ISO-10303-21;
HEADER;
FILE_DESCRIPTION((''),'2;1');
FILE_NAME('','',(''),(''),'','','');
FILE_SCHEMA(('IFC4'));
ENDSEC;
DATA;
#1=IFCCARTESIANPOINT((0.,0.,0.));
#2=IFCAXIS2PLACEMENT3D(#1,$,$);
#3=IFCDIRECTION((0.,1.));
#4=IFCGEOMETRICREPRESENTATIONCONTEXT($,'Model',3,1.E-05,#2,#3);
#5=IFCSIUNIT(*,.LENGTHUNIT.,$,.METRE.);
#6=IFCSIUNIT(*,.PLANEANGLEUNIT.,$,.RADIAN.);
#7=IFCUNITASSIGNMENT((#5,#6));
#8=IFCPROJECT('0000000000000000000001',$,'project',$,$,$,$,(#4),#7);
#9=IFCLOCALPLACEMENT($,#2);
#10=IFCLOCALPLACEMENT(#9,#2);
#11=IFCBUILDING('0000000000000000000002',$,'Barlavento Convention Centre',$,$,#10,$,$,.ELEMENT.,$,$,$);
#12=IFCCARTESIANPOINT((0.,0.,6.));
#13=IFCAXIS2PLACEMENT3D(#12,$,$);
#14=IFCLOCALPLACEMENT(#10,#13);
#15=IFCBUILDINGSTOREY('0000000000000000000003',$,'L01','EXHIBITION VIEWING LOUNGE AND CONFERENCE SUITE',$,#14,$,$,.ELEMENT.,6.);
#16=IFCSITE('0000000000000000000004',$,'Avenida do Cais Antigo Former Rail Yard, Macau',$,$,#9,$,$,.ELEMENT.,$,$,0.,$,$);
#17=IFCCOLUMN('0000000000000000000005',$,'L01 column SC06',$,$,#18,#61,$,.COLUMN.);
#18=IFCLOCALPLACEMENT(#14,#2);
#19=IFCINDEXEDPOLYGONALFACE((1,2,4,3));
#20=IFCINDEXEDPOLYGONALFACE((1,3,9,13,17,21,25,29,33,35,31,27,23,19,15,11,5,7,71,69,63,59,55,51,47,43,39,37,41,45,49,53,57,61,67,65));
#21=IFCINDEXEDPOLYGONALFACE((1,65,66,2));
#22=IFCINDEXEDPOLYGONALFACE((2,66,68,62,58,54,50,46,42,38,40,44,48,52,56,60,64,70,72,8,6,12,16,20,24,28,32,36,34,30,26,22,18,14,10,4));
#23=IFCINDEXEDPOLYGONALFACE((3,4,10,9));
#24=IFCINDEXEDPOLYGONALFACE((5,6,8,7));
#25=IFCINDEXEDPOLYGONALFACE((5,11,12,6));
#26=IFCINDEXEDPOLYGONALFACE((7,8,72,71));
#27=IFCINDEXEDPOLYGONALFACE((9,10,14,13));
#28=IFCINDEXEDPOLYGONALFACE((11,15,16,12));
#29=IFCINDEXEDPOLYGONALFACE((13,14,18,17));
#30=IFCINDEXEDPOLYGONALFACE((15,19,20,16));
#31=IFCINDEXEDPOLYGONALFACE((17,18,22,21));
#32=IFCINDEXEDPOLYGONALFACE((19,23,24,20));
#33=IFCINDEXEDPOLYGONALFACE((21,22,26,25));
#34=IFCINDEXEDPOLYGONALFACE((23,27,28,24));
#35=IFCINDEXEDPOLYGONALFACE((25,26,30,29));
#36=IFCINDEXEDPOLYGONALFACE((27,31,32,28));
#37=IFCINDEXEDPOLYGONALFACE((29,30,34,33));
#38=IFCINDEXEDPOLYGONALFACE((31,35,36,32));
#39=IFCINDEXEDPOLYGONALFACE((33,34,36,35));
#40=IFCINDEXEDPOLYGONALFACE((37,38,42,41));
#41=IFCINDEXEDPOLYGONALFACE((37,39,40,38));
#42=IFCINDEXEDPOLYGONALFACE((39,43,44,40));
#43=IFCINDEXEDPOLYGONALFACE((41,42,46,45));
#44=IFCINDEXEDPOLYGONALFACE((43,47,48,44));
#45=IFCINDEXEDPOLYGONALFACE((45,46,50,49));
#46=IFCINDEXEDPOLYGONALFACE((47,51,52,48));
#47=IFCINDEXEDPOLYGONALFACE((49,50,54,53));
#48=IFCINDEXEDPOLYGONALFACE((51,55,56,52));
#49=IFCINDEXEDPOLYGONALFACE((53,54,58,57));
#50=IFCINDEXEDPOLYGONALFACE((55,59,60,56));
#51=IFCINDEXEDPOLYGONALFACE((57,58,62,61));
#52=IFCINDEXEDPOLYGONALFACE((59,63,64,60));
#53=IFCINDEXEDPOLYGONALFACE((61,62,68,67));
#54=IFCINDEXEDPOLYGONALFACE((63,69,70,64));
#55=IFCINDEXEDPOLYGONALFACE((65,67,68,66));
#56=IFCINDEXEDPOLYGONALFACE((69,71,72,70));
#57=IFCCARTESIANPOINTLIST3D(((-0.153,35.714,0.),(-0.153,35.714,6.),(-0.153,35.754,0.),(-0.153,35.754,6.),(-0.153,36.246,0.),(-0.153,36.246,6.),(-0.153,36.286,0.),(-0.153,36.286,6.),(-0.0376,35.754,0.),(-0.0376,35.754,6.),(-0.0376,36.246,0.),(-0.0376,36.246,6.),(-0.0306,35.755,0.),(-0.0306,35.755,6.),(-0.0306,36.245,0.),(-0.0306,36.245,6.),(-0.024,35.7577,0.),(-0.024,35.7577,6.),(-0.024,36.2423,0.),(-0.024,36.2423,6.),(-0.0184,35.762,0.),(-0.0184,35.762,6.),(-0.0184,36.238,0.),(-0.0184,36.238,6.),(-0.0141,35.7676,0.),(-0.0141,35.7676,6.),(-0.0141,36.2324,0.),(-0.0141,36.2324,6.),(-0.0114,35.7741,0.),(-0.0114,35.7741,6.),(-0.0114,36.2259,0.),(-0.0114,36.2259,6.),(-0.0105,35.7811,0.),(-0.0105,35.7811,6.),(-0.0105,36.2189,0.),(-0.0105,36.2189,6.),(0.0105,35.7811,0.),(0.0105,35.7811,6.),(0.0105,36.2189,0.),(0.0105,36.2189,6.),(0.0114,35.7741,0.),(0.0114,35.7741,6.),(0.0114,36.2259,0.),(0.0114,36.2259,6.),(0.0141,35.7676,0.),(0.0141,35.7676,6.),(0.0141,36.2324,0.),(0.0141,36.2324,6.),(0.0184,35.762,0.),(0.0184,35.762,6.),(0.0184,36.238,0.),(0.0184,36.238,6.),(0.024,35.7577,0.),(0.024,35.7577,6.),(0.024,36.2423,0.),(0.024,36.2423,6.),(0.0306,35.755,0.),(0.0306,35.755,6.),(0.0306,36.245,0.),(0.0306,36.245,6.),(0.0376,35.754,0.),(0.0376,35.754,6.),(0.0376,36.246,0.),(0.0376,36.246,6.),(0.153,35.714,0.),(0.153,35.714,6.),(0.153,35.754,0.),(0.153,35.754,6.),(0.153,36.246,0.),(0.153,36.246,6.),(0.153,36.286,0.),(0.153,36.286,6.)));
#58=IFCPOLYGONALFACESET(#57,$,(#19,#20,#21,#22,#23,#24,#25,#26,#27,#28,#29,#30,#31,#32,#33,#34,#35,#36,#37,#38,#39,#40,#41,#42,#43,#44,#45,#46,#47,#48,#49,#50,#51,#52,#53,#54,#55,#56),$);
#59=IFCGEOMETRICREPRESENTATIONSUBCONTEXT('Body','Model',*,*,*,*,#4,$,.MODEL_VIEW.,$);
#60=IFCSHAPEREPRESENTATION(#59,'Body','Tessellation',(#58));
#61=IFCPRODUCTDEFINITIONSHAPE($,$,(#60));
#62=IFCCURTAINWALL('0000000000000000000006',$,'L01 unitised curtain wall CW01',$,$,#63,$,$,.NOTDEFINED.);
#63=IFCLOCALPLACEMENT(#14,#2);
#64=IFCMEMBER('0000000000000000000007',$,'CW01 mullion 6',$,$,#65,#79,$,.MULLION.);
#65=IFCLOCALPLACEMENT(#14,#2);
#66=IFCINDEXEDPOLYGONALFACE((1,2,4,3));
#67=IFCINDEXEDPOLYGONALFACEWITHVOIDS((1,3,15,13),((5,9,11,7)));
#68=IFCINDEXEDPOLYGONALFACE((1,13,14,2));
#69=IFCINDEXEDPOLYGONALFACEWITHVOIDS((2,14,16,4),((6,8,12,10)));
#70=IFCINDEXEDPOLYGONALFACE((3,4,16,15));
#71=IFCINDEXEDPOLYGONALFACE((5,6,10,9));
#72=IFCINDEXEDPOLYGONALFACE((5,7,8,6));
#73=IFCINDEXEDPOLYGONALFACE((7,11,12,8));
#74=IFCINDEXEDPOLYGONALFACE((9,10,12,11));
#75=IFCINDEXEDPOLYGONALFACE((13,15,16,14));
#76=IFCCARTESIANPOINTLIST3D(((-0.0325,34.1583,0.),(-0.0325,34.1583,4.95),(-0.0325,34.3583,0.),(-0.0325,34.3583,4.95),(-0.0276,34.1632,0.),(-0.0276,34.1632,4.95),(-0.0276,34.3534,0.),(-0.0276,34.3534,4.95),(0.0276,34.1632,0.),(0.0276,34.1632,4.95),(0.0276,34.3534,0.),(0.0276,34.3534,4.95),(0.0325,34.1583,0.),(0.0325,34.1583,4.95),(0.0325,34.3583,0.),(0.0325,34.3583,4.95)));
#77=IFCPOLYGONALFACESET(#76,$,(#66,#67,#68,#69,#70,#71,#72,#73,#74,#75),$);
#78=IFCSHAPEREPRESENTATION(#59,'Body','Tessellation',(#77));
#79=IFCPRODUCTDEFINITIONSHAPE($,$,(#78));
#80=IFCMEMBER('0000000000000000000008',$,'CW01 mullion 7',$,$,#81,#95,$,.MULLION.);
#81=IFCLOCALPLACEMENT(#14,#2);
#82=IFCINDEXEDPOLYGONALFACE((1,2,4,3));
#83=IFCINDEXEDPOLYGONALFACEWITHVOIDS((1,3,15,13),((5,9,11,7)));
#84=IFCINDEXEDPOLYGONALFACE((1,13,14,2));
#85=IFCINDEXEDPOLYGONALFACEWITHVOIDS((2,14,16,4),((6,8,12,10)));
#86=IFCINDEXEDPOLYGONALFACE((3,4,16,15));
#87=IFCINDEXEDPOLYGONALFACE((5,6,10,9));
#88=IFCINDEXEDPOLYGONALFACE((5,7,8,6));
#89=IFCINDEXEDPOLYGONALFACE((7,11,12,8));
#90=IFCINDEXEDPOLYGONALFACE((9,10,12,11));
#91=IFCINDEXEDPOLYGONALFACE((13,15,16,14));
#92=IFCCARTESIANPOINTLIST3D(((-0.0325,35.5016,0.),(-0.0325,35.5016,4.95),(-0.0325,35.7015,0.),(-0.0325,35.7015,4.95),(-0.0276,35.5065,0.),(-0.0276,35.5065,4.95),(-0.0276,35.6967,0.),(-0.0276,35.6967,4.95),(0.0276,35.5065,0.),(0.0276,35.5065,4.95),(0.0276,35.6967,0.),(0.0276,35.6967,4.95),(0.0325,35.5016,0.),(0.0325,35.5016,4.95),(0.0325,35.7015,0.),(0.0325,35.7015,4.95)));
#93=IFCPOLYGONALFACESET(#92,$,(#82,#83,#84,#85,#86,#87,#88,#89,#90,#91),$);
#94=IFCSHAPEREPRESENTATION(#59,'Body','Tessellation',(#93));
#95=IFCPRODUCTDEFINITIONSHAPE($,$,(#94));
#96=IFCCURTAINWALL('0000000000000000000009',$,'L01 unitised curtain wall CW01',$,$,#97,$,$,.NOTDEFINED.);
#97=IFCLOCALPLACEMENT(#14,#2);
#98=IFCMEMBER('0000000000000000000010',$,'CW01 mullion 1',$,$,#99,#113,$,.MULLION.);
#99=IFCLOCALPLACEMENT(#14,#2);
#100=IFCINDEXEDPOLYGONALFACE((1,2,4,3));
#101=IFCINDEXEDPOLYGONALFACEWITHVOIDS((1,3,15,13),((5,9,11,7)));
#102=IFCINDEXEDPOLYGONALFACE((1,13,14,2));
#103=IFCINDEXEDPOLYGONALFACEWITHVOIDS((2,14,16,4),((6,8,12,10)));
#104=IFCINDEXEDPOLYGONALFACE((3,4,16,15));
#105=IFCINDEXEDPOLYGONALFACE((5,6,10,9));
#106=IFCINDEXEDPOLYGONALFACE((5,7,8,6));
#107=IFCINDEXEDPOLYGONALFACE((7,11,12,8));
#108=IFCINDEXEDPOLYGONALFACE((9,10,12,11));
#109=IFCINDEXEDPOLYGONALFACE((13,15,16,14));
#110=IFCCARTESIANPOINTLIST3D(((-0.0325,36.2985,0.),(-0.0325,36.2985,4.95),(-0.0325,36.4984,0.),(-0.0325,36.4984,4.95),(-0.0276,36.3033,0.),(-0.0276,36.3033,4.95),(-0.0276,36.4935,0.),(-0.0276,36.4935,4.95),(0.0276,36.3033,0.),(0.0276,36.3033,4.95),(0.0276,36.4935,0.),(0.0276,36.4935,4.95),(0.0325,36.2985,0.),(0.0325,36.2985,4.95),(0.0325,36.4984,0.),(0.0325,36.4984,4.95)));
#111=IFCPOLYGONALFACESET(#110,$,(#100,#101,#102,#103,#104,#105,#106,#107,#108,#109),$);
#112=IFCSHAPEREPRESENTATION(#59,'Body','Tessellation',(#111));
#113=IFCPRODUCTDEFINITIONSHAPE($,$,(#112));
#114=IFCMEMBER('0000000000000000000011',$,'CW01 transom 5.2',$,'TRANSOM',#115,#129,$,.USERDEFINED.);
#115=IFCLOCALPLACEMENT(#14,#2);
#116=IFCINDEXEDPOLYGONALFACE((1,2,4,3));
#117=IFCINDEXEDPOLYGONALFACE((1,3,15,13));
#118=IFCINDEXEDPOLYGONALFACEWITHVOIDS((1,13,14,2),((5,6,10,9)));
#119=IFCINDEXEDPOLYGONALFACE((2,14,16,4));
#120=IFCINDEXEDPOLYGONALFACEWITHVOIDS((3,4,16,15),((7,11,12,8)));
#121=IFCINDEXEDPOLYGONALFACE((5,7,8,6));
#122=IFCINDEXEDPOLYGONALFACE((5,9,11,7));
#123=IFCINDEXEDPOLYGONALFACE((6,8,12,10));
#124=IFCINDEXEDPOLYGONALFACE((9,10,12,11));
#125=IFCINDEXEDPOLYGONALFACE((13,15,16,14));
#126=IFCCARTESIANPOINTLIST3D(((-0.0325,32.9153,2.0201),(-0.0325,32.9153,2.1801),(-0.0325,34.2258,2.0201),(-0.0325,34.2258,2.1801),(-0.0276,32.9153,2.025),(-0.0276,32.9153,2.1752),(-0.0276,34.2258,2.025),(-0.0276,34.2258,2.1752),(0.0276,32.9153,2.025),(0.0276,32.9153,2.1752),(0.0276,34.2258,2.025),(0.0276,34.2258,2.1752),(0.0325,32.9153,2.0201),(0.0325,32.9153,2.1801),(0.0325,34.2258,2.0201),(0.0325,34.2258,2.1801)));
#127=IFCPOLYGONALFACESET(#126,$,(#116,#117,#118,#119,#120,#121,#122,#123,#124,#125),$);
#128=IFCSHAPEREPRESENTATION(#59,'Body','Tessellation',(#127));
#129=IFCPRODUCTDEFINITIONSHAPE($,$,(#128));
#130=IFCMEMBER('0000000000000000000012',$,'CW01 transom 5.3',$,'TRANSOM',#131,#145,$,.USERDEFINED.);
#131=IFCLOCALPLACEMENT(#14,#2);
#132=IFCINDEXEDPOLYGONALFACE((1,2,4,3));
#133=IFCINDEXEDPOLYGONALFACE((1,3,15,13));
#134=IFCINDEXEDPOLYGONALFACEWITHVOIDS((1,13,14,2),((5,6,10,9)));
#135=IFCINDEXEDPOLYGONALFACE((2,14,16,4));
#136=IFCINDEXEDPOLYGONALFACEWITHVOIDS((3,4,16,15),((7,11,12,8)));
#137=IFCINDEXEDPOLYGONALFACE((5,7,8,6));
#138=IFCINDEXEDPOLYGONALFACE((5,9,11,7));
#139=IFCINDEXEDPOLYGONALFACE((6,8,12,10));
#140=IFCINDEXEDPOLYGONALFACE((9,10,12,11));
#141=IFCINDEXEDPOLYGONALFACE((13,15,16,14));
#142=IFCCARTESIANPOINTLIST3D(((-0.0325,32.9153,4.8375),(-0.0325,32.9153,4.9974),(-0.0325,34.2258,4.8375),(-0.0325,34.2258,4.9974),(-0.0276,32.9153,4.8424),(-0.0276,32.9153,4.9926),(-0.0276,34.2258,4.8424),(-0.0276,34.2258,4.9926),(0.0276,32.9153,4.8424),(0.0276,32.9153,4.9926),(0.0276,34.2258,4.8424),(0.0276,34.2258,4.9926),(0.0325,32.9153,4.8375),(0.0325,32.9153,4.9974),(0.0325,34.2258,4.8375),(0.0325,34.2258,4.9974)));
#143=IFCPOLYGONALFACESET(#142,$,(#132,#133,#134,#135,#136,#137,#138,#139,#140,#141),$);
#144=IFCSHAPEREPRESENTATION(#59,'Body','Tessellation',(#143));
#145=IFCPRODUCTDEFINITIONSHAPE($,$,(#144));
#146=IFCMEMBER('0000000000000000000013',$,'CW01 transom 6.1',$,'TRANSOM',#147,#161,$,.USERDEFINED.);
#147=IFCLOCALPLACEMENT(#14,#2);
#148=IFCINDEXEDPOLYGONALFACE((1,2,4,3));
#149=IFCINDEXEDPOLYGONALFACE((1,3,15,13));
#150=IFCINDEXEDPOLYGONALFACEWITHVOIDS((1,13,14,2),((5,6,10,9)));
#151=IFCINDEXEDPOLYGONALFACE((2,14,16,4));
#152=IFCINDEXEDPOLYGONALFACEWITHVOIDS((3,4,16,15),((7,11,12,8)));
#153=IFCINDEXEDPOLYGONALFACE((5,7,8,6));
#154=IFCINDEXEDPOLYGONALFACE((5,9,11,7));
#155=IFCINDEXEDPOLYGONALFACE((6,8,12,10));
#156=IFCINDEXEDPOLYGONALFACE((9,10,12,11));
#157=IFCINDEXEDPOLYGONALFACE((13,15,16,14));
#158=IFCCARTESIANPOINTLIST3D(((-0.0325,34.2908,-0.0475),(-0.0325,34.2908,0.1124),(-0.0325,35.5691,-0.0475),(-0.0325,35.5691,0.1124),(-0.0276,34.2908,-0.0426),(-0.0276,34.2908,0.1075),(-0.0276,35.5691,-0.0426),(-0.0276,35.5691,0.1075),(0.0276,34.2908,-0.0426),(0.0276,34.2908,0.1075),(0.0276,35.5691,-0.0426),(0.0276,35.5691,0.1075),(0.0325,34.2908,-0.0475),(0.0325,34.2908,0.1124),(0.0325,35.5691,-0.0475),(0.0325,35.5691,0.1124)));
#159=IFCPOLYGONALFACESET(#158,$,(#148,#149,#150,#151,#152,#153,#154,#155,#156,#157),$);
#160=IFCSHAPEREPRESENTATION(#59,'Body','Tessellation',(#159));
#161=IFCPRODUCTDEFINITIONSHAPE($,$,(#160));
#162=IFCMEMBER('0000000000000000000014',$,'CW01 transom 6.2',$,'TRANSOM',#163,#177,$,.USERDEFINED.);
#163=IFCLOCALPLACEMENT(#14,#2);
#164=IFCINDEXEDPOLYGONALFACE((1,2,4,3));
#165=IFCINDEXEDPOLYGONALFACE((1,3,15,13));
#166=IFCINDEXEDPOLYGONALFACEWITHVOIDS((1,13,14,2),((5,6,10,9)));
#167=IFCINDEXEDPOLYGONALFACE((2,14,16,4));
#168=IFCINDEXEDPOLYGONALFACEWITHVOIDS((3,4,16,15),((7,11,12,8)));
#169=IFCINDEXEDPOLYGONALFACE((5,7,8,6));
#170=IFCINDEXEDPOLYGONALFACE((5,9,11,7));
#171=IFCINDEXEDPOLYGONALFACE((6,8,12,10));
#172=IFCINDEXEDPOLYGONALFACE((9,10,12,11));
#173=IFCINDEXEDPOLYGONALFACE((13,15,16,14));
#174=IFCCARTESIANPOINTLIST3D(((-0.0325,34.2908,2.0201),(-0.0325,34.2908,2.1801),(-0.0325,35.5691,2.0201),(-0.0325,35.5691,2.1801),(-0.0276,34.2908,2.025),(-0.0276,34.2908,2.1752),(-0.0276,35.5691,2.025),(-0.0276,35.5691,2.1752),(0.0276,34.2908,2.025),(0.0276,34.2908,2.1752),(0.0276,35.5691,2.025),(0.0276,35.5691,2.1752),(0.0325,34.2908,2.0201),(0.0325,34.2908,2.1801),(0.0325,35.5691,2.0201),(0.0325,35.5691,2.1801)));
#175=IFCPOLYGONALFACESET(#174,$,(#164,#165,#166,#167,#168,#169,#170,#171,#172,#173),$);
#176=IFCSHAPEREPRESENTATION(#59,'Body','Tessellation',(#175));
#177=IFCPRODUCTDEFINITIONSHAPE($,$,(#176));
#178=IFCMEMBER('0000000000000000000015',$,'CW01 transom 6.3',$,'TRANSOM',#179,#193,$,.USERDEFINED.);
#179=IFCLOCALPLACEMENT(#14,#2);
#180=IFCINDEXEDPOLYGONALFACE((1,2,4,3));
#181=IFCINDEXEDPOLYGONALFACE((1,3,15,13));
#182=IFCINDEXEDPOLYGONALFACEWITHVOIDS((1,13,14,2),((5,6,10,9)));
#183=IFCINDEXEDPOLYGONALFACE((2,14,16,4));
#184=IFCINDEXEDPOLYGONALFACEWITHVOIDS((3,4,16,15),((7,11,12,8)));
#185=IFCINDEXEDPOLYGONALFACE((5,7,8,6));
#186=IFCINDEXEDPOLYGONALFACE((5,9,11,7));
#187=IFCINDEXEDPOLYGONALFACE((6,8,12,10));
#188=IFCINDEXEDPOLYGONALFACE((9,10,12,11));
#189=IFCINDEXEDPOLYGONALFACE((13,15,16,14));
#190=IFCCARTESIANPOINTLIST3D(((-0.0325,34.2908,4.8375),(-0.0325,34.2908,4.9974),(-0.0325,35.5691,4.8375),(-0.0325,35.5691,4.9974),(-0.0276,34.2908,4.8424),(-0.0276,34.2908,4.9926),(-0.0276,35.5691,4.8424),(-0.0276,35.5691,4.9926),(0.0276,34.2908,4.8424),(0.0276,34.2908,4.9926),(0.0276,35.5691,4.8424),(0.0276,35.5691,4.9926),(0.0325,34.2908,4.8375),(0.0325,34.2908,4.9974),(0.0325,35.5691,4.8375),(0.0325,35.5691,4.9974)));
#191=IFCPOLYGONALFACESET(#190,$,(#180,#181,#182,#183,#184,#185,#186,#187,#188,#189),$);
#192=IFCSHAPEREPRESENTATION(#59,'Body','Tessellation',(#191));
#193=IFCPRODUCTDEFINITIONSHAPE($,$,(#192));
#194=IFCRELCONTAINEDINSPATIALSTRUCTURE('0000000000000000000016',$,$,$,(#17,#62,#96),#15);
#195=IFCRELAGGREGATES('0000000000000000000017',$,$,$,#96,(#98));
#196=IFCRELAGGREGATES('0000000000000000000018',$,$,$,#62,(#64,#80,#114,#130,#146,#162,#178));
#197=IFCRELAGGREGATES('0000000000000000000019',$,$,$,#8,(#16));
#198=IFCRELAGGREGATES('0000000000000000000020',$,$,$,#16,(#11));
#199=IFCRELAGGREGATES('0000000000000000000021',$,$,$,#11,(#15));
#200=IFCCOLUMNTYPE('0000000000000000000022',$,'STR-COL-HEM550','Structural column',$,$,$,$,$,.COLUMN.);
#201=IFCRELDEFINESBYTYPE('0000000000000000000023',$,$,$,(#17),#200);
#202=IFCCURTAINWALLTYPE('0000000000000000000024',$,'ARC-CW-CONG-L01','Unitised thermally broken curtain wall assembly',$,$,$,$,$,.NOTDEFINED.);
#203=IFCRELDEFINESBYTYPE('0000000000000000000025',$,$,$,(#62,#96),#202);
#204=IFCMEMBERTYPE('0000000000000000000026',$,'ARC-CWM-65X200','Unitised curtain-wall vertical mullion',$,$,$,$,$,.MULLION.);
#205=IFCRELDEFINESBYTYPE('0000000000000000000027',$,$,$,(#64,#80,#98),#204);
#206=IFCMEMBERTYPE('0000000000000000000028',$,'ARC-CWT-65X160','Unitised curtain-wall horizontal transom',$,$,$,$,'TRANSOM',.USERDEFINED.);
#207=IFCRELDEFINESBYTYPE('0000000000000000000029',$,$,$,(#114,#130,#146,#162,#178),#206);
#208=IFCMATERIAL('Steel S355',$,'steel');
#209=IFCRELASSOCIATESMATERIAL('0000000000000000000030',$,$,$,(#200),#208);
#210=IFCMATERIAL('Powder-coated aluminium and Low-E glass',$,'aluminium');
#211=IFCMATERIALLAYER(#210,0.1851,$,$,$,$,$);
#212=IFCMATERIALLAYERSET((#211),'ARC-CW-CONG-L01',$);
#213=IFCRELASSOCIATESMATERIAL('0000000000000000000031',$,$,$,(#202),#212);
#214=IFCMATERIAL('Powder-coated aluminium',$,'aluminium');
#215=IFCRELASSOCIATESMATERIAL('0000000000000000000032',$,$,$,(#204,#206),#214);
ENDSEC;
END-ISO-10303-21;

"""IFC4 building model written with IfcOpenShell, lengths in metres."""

from ifc_helpers import new_model, si_unit, direction, frame, origin, origin_2d, place, context, subcontext, project, spatial, hollow_rectangle, i_section, extrude, material, layer, layer_set, material_profile, profile_set, type_object, element, aggregate, save


model = new_model("IFC4")

# Units and contexts
model_context = context("Model", 3, precision=1e-05, world=origin(), true_north=direction((0.0, 1.0)))
body_context = subcontext(model_context, "Body", "Model", "MODEL_VIEW")
ifc_project = project(units=[si_unit("LENGTHUNIT", "METRE"), si_unit("PLANEANGLEUNIT", "RADIAN")], contexts=[model_context])

# Site, building, storey
site_placement = place(None, origin())
site = spatial("IfcSite", under=ifc_project, at=site_placement, Name="Avenida do Cais Antigo Former Rail Yard, Macau", CompositionType="ELEMENT", RefElevation=0.0)
building_placement = place(site_placement, origin())
building = spatial("IfcBuilding", under=site, at=building_placement, Name="Barlavento Convention Centre", CompositionType="ELEMENT")
storey_placement = place(building_placement, frame((0.0, 0.0, 6.0)))
storey = spatial("IfcBuildingStorey", under=building, at=storey_placement, Name="L01", Description="EXHIBITION VIEWING LOUNGE AND CONFERENCE SUITE", CompositionType="ELEMENT", Elevation=6.0)

# Column
ifc_material_1 = material(Name="Steel S355", Category="steel")
ifc_material_profile_1 = material_profile(ifc_material_1, i_section(OverallWidth=0.3059, OverallDepth=0.572, WebThickness=0.021, FlangeThickness=0.04, FilletRadius=0.0271, at=origin_2d()), Name="HEM 550")
ifc_profile_set_1 = profile_set([ifc_material_profile_1], Name="Steel S355")
column_type = type_object("IfcColumnType", Name="STR-COL-HEM550", Description="Structural column", PredefinedType="COLUMN", material=ifc_profile_set_1)
column_placement = place(storey_placement, frame((0.0, 36.0, 0.0), z_axis=(0.0, 0.0, 1.0), x_axis=(1.0, 0.0, 0.0)))
element("IfcColumn", 1, at=column_placement, inside=storey, type_object=column_type, Name="L01 column SC06", PredefinedType="COLUMN", context=body_context, shape_type="SweptSolid", body=[
    extrude(i_section(OverallWidth=0.3059, OverallDepth=0.572, WebThickness=0.021, FlangeThickness=0.04, FilletRadius=0.0271, at=origin_2d()), origin(), (0.0, 0.0, 1.0), 6.0),
])

# Curtain wall, members
ifc_material_2 = material(Name="Powder-coated aluminium and Low-E glass", Category="aluminium")
ifc_layer_1 = layer(ifc_material_2, 0.1851)
ifc_layer_set_1 = layer_set([ifc_layer_1], Name="ARC-CW-CONG-L01")
curtain_wall_type = type_object("IfcCurtainWallType", Name="ARC-CW-CONG-L01", Description="Unitised thermally broken curtain wall assembly", PredefinedType="NOTDEFINED", material=ifc_layer_set_1)
curtain_wall_1_placement = place(storey_placement, origin())
curtain_wall_1 = element("IfcCurtainWall", 2, at=curtain_wall_1_placement, inside=storey, type_object=curtain_wall_type, Name="L01 unitised curtain wall CW01", PredefinedType="NOTDEFINED")
ifc_material_3 = material(Name="Powder-coated aluminium", Category="aluminium")
ifc_material_profile_2 = material_profile(ifc_material_3, hollow_rectangle(XDim=0.0649, YDim=0.2, WallThickness=0.0049, at=origin_2d()), Name="AL-MULL 65x200x5")
ifc_profile_set_2 = profile_set([ifc_material_profile_2], Name="Powder-coated aluminium")
member_type_1 = type_object("IfcMemberType", Name="ARC-CWM-65X200", Description="Unitised curtain-wall vertical mullion", PredefinedType="MULLION", material=ifc_profile_set_2)
member_1_placement = place(storey_placement, frame((0.0, 34.2583, 0.0), z_axis=(0.0, 0.0, 1.0), x_axis=(-1.0, 0.0, 0.0)))
member_1 = element("IfcMember", 3, at=member_1_placement, type_object=member_type_1, Name="CW01 mullion 6", PredefinedType="MULLION", context=body_context, shape_type="SweptSolid", body=[
    extrude(hollow_rectangle(XDim=0.0649, YDim=0.2, WallThickness=0.0049, at=origin_2d()), origin(), (0.0, 0.0, 1.0), 4.95),
])
member_2_placement = place(storey_placement, frame((0.0, 35.6016, 0.0), z_axis=(0.0, 0.0, 1.0), x_axis=(-1.0, 0.0, 0.0)))
member_2 = element("IfcMember", 4, at=member_2_placement, type_object=member_type_1, Name="CW01 mullion 7", PredefinedType="MULLION", context=body_context, shape_type="SweptSolid", body=[
    extrude(hollow_rectangle(XDim=0.0649, YDim=0.2, WallThickness=0.0049, at=origin_2d()), origin(), (0.0, 0.0, 1.0), 4.95),
])

# Curtain wall, member
curtain_wall_2_placement = place(storey_placement, origin())
curtain_wall_2 = element("IfcCurtainWall", 5, at=curtain_wall_2_placement, inside=storey, type_object=curtain_wall_type, Name="L01 unitised curtain wall CW01", PredefinedType="NOTDEFINED")
member_3_placement = place(storey_placement, frame((0.0, 36.3984, 0.0), z_axis=(0.0, 0.0, 1.0), x_axis=(-1.0, 0.0, 0.0)))
member_3 = element("IfcMember", 6, at=member_3_placement, type_object=member_type_1, Name="CW01 mullion 1", PredefinedType="MULLION", context=body_context, shape_type="SweptSolid", body=[
    extrude(hollow_rectangle(XDim=0.0649, YDim=0.2, WallThickness=0.0049, at=origin_2d()), origin(), (0.0, 0.0, 1.0), 4.95),
])

# Members
ifc_material_profile_3 = material_profile(ifc_material_3, hollow_rectangle(XDim=0.0649, YDim=0.1599, WallThickness=0.0049, at=origin_2d()), Name="AL-TRAN 65x160x5")
ifc_profile_set_3 = profile_set([ifc_material_profile_3], Name="Powder-coated aluminium")
member_type_2 = type_object("IfcMemberType", Name="ARC-CWT-65X160", Description="Unitised curtain-wall horizontal transom", ElementType="TRANSOM", PredefinedType="USERDEFINED", material=ifc_profile_set_3)
member_4_placement = place(storey_placement, frame((0.0, 32.9153, 2.1001), z_axis=(0.0, 1.0, 0.0), x_axis=(-1.0, 0.0, 0.0)))
member_4 = element("IfcMember", 7, at=member_4_placement, type_object=member_type_2, Name="CW01 transom 5.2", ObjectType="TRANSOM", PredefinedType="USERDEFINED", context=body_context, shape_type="SweptSolid", body=[
    extrude(hollow_rectangle(XDim=0.0649, YDim=0.1599, WallThickness=0.0049, at=origin_2d()), origin(), (0.0, 0.0, 1.0), 1.3105),
])
member_5_placement = place(storey_placement, frame((0.0, 32.9153, 4.9175), z_axis=(0.0, 1.0, 0.0), x_axis=(-1.0, 0.0, 0.0)))
member_5 = element("IfcMember", 8, at=member_5_placement, type_object=member_type_2, Name="CW01 transom 5.3", ObjectType="TRANSOM", PredefinedType="USERDEFINED", context=body_context, shape_type="SweptSolid", body=[
    extrude(hollow_rectangle(XDim=0.0649, YDim=0.1599, WallThickness=0.0049, at=origin_2d()), origin(), (0.0, 0.0, 1.0), 1.3105),
])
member_6_placement = place(storey_placement, frame((0.0, 34.2908, 0.0325), z_axis=(0.0, 1.0, 0.0), x_axis=(-1.0, 0.0, 0.0)))
member_6 = element("IfcMember", 9, at=member_6_placement, type_object=member_type_2, Name="CW01 transom 6.1", ObjectType="TRANSOM", PredefinedType="USERDEFINED", context=body_context, shape_type="SweptSolid", body=[
    extrude(hollow_rectangle(XDim=0.0649, YDim=0.1599, WallThickness=0.0049, at=origin_2d()), origin(), (0.0, 0.0, 1.0), 1.2783),
])
member_7_placement = place(storey_placement, frame((0.0, 34.2908, 2.1001), z_axis=(0.0, 1.0, 0.0), x_axis=(-1.0, 0.0, 0.0)))
member_7 = element("IfcMember", 10, at=member_7_placement, type_object=member_type_2, Name="CW01 transom 6.2", ObjectType="TRANSOM", PredefinedType="USERDEFINED", context=body_context, shape_type="SweptSolid", body=[
    extrude(hollow_rectangle(XDim=0.0649, YDim=0.1599, WallThickness=0.0049, at=origin_2d()), origin(), (0.0, 0.0, 1.0), 1.2783),
])
member_8_placement = place(storey_placement, frame((0.0, 34.2908, 4.9175), z_axis=(0.0, 1.0, 0.0), x_axis=(-1.0, 0.0, 0.0)))
member_8 = element("IfcMember", 11, at=member_8_placement, type_object=member_type_2, Name="CW01 transom 6.3", ObjectType="TRANSOM", PredefinedType="USERDEFINED", context=body_context, shape_type="SweptSolid", body=[
    extrude(hollow_rectangle(XDim=0.0649, YDim=0.1599, WallThickness=0.0049, at=origin_2d()), origin(), (0.0, 0.0, 1.0), 1.2783),
])
aggregate(curtain_wall_2, [member_3])

aggregate(curtain_wall_1, [member_1, member_2, member_4, member_5, member_6, member_7, member_8])

save(model, "model.ifc")
